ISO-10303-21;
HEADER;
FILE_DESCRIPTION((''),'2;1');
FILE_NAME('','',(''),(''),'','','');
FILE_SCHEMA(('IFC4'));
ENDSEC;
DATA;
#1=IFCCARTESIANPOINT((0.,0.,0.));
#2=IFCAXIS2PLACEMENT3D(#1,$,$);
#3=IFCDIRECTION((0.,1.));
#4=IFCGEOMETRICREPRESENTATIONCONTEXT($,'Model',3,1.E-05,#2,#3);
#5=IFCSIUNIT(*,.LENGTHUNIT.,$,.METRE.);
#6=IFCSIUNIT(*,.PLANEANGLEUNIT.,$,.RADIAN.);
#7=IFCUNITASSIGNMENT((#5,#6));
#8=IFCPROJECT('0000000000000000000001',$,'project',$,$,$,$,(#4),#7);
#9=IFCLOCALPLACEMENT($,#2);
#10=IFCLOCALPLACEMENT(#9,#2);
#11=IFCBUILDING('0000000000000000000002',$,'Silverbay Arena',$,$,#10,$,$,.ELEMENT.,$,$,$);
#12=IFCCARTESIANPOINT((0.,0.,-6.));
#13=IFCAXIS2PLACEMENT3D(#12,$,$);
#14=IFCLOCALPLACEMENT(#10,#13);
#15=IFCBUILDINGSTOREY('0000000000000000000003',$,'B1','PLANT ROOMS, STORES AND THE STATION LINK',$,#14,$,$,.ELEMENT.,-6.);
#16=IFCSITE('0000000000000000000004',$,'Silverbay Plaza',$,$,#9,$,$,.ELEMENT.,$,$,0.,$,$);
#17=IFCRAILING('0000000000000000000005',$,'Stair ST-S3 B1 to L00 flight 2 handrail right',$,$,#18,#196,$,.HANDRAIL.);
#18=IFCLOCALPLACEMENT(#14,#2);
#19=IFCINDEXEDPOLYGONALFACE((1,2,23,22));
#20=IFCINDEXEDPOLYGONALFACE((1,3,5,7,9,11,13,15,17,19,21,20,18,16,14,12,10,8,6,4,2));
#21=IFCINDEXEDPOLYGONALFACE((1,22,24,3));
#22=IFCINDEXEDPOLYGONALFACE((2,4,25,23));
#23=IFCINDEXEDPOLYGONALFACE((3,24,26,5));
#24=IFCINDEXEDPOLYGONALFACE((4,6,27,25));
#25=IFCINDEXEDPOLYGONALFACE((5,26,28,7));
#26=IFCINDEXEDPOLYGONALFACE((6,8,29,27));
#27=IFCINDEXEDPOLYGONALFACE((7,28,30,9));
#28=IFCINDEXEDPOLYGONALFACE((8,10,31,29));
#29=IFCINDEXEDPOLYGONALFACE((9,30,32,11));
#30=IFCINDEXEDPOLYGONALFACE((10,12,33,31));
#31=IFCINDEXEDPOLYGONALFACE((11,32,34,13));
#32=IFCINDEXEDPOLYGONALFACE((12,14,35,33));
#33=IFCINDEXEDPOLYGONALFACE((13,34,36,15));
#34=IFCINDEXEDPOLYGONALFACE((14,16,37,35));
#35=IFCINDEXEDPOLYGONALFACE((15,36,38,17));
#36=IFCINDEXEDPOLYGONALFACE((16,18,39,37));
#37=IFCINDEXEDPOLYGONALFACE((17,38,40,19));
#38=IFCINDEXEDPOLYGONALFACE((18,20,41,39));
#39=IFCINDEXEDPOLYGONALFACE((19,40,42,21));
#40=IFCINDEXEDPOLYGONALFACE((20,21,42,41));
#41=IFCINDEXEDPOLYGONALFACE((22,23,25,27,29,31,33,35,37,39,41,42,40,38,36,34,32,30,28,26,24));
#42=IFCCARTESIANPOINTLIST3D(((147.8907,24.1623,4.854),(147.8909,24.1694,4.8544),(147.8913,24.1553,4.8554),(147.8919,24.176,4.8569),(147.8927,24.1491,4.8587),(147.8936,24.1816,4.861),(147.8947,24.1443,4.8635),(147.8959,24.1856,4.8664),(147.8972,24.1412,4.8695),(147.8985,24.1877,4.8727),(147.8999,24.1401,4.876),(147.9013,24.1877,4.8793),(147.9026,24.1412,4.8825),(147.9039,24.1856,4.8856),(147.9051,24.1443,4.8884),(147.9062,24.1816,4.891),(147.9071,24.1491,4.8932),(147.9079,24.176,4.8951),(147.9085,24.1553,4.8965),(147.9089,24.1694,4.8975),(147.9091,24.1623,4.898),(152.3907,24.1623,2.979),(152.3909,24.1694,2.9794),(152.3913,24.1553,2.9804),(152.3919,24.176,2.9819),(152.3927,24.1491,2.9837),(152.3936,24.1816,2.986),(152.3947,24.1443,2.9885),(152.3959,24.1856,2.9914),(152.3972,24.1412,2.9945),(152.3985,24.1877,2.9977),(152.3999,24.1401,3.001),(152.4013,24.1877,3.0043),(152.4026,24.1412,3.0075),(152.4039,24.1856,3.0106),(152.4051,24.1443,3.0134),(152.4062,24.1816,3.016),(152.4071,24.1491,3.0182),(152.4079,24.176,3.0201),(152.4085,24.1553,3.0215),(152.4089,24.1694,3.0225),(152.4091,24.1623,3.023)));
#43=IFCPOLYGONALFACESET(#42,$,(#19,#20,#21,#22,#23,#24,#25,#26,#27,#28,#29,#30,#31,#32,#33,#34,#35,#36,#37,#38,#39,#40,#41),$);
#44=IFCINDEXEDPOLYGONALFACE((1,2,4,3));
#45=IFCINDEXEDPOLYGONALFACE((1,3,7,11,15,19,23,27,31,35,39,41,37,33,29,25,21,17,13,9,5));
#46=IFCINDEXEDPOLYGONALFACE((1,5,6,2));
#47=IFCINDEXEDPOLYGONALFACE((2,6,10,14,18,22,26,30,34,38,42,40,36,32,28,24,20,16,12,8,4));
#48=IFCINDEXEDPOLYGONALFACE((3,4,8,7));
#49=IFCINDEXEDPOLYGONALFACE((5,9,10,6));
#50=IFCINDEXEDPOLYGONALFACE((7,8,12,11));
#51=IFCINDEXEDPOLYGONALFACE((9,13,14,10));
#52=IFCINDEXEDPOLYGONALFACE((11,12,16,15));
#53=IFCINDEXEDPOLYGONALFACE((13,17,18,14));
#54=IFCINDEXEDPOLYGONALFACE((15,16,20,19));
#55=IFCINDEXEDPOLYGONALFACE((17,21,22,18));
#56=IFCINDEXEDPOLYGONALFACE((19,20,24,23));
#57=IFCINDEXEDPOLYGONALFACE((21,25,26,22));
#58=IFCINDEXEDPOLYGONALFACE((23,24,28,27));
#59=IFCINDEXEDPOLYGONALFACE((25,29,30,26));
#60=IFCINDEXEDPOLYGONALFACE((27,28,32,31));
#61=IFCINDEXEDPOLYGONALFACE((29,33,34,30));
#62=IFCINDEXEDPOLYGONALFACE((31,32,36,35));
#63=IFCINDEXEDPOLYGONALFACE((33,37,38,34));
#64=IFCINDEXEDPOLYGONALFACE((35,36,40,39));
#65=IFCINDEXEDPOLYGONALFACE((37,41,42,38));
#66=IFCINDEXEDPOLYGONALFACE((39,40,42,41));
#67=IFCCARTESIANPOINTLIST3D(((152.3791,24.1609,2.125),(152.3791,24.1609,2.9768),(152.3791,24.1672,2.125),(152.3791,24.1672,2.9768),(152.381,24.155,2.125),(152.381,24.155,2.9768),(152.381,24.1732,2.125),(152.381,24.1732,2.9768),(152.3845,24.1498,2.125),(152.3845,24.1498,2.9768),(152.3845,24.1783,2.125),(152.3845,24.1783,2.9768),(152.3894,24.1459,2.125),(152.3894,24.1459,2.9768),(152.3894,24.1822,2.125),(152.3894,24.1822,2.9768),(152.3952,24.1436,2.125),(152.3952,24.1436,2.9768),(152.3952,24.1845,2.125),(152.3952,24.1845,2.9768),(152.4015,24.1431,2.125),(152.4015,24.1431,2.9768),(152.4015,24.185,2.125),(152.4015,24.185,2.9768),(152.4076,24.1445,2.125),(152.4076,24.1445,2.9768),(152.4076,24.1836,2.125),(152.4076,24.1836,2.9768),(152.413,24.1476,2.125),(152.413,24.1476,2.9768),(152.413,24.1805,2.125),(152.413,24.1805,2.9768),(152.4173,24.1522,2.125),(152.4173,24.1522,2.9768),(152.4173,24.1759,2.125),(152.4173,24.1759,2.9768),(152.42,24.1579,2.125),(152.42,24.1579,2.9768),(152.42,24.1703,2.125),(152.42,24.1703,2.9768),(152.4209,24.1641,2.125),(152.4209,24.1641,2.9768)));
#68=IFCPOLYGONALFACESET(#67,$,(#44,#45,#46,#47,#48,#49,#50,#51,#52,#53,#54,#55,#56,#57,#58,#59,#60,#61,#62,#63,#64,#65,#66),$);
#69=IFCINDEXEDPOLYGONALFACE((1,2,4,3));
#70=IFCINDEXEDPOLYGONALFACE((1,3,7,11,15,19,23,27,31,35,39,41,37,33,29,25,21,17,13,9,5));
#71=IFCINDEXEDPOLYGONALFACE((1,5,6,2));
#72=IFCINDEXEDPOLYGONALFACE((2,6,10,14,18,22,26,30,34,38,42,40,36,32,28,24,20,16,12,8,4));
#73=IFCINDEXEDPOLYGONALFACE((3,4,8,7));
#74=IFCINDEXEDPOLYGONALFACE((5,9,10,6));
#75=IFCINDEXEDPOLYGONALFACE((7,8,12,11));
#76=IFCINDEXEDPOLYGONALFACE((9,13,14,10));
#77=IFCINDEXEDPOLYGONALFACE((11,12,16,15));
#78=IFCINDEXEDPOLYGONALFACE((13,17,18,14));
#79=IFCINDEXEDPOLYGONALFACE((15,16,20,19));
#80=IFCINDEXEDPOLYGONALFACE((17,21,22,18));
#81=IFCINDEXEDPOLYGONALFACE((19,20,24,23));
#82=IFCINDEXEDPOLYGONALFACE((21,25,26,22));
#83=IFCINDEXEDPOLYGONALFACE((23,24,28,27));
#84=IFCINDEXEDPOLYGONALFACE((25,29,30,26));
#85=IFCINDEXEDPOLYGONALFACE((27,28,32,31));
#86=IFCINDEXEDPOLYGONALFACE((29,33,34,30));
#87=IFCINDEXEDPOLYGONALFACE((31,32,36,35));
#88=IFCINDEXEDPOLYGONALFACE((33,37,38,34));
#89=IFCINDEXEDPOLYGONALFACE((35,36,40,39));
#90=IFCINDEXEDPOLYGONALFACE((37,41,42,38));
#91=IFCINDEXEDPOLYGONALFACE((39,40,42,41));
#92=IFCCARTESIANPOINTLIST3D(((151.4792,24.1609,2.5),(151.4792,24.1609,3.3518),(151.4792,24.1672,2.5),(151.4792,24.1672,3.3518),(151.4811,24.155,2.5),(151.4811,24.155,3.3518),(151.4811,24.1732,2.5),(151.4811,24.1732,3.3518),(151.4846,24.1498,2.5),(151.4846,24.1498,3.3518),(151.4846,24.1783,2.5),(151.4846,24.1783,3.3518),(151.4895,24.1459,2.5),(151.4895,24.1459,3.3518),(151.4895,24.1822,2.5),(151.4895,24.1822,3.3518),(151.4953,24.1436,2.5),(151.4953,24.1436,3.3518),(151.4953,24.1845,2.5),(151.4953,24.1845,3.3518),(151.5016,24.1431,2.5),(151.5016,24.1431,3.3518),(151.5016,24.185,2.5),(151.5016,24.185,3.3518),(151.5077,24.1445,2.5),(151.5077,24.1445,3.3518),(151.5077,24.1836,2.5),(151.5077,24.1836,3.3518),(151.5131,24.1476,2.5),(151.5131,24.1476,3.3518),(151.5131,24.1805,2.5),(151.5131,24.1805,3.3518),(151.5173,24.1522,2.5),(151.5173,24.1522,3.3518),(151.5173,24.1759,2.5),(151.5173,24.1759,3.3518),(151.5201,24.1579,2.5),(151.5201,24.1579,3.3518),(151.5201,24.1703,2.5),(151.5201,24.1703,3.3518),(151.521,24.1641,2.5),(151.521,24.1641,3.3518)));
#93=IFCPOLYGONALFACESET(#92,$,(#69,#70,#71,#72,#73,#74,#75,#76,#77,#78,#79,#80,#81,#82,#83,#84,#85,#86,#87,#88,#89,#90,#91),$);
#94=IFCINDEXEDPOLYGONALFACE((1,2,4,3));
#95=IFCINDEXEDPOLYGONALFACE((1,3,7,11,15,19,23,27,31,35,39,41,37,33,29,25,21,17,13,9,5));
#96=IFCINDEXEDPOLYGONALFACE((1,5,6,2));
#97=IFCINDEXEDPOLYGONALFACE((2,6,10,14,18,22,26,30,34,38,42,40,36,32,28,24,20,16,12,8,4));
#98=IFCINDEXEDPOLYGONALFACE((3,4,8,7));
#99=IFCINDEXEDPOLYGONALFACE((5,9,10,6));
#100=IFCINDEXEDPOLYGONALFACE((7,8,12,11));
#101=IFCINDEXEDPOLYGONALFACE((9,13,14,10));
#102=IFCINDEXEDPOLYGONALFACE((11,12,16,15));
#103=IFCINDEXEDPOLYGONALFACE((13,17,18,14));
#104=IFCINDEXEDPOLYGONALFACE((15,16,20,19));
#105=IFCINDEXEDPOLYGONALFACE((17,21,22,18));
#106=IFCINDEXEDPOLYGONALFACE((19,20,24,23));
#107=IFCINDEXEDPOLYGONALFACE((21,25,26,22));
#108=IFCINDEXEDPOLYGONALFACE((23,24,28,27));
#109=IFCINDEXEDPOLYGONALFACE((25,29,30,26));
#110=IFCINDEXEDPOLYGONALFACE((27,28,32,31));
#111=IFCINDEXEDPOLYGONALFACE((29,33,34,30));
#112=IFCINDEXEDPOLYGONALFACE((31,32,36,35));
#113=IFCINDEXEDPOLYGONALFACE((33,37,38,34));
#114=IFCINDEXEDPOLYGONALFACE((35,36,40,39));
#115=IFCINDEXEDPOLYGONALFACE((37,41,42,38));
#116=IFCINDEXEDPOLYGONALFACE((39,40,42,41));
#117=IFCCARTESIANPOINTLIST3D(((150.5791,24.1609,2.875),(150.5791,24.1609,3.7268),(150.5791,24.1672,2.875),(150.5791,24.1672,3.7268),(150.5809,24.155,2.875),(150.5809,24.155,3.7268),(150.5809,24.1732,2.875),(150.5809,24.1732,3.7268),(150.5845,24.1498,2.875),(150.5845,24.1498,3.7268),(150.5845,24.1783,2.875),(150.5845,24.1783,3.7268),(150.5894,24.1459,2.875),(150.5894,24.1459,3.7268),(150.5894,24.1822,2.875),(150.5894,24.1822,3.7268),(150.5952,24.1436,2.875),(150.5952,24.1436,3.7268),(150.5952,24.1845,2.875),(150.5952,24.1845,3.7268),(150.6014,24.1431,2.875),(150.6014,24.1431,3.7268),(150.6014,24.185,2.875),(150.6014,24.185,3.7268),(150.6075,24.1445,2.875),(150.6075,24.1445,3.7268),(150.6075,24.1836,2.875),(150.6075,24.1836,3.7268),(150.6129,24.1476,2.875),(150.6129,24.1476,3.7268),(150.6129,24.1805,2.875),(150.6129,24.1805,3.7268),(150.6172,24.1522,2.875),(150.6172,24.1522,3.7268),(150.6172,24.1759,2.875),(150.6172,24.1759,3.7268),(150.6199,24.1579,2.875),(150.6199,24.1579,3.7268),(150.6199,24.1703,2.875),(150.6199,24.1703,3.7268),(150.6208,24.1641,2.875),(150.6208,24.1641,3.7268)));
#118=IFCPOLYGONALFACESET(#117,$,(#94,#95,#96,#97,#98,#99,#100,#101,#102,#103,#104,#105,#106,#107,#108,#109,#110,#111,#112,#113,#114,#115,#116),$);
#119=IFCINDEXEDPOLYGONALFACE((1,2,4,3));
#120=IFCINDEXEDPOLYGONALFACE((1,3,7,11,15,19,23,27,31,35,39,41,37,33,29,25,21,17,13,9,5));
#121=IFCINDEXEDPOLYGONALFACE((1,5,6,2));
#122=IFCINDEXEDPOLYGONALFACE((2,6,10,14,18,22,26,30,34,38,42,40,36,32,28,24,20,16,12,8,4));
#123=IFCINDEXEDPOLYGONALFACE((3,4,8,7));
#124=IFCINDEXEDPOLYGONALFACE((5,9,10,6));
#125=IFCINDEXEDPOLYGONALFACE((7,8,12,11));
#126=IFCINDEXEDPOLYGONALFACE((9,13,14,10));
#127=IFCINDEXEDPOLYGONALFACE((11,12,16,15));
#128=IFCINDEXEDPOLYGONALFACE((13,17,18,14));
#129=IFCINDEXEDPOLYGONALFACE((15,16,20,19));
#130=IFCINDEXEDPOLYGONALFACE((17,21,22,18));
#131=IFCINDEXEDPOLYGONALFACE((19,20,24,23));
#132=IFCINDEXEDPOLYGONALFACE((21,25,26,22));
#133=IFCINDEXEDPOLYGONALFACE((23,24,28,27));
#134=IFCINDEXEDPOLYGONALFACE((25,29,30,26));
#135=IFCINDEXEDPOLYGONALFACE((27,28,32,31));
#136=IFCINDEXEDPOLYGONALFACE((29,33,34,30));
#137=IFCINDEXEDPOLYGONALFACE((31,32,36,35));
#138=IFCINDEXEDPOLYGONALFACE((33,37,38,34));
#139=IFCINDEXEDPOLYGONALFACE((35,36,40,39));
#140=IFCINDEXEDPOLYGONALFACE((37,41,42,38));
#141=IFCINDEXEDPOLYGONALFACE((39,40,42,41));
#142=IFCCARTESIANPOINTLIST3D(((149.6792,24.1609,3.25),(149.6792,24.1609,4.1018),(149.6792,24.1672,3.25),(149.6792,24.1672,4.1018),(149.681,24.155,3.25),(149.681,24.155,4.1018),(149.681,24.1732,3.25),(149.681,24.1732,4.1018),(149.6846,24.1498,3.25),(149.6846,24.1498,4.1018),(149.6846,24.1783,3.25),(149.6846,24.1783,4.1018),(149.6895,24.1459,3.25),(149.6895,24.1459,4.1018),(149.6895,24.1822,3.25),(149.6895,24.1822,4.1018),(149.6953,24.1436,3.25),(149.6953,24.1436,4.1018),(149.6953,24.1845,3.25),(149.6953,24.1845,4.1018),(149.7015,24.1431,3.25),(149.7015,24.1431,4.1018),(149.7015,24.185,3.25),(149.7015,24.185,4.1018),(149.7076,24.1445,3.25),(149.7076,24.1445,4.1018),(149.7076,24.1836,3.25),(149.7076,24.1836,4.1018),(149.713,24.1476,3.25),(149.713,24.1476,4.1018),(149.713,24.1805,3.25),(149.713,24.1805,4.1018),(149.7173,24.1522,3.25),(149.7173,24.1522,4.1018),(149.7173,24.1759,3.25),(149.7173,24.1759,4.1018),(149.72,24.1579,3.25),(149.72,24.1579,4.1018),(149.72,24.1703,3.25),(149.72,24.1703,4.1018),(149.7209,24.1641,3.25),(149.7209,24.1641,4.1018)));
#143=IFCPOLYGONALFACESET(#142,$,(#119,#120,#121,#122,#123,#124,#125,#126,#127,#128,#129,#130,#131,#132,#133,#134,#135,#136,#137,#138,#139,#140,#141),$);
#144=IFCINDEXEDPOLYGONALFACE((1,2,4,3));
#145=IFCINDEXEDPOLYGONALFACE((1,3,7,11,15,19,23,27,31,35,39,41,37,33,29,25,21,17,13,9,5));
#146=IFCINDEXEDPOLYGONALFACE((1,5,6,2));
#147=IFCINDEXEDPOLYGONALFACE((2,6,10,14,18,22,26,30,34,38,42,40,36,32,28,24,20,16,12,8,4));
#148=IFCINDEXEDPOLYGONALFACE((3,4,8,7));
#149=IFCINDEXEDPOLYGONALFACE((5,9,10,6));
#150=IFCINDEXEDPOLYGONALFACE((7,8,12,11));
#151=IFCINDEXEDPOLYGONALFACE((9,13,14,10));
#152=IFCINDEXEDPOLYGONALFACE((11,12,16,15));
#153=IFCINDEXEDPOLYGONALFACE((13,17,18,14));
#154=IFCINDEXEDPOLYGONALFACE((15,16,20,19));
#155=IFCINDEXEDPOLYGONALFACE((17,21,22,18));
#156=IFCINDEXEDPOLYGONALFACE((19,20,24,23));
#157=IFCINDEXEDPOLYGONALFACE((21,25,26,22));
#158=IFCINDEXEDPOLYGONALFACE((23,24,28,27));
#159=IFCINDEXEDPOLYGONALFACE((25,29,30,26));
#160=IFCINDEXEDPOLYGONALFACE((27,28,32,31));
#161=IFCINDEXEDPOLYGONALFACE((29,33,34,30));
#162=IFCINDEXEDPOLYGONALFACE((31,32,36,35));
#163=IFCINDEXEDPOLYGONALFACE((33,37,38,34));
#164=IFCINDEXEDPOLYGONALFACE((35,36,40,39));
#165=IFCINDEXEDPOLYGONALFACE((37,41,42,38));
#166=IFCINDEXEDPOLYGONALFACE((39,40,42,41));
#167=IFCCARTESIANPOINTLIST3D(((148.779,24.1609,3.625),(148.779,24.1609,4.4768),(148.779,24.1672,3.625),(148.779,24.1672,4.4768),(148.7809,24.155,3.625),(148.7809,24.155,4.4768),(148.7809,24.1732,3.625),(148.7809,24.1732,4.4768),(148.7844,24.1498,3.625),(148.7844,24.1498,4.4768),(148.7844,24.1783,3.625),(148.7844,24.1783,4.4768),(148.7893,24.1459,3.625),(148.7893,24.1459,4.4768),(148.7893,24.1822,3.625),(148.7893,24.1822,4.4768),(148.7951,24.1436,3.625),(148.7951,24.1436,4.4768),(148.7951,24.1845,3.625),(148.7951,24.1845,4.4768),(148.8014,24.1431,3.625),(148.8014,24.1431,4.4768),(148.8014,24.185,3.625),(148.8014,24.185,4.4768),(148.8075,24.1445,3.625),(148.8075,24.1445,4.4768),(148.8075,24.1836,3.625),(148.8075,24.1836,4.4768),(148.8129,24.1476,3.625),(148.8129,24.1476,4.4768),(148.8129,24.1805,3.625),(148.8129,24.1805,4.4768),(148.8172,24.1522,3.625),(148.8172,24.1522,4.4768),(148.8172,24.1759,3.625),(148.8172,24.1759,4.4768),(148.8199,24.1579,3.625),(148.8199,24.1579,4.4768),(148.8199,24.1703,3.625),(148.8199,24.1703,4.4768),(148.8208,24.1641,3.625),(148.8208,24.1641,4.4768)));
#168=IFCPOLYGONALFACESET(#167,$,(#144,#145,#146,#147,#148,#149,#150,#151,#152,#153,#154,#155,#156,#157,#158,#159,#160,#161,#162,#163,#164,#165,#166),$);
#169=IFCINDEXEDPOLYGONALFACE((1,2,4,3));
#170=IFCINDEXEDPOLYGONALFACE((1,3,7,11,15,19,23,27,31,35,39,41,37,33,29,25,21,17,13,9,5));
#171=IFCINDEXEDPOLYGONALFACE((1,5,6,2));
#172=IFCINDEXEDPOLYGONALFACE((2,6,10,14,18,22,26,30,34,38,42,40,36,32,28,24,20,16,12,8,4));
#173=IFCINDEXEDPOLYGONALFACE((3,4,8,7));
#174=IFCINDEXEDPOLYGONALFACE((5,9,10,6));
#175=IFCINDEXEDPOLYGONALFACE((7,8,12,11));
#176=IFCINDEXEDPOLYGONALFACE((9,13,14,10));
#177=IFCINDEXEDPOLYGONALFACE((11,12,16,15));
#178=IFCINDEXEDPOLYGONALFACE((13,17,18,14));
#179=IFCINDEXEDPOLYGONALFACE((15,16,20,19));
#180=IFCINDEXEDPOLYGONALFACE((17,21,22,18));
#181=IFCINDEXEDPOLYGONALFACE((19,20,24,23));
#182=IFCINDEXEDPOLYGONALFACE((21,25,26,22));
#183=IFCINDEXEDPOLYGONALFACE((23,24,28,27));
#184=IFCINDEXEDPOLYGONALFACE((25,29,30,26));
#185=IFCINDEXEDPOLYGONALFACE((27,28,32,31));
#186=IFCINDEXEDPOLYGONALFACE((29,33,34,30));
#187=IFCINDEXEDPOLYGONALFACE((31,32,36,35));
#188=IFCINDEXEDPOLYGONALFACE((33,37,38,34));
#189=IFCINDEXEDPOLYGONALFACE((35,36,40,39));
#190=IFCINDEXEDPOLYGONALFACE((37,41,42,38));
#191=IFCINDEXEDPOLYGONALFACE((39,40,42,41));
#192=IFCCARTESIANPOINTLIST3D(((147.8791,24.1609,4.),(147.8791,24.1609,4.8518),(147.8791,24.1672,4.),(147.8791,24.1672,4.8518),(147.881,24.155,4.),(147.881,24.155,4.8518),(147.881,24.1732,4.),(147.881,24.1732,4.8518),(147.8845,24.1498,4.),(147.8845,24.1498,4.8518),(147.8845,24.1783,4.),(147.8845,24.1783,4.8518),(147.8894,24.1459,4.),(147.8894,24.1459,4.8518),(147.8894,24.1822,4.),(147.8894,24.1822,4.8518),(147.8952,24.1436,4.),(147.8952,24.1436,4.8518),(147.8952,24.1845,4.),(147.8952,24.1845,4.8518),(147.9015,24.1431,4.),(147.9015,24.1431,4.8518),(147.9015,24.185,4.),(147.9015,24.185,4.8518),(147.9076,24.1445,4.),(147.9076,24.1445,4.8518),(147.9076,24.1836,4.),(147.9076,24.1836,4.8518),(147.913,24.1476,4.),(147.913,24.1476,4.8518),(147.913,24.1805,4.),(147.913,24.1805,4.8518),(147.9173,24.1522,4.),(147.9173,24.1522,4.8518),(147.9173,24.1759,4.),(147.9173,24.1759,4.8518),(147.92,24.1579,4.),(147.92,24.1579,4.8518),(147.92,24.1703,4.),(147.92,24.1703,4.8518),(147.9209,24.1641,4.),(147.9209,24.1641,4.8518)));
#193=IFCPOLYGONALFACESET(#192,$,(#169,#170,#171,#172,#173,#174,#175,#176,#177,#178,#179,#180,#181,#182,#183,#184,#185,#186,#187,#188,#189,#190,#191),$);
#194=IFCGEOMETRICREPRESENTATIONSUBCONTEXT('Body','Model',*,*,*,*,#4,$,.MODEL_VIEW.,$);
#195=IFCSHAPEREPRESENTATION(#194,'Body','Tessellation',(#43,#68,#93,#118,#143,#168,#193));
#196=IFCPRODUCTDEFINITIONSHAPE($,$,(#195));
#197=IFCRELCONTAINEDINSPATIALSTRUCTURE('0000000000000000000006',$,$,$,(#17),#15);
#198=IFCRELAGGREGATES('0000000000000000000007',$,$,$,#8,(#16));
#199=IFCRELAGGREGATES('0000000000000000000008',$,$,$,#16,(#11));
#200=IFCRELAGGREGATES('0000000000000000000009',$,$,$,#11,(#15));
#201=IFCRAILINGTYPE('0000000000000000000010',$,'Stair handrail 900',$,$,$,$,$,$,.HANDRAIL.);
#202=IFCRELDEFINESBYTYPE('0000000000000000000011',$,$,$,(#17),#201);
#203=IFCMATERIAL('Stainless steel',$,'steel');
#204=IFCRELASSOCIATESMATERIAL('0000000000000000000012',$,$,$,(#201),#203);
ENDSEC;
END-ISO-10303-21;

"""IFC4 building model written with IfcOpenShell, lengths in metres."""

from ifc_helpers import new_model, si_unit, direction, frame, origin, origin_2d, place, context, subcontext, project, spatial, circle, extrude, material, type_object, element, save


model = new_model("IFC4")

# Units and contexts
model_context = context("Model", 3, precision=1e-05, world=origin(), true_north=direction((0.0, 1.0)))
body_context = subcontext(model_context, "Body", "Model", "MODEL_VIEW")
ifc_project = project(units=[si_unit("LENGTHUNIT", "METRE"), si_unit("PLANEANGLEUNIT", "RADIAN")], contexts=[model_context])

# Site, building, storey
site_placement = place(None, origin())
site = spatial("IfcSite", under=ifc_project, at=site_placement, Name="Silverbay Plaza", CompositionType="ELEMENT", RefElevation=0.0)
building_placement = place(site_placement, origin())
building = spatial("IfcBuilding", under=site, at=building_placement, Name="Silverbay Arena", CompositionType="ELEMENT")
storey_placement = place(building_placement, frame((0.0, 0.0, -6.0)))
storey = spatial("IfcBuildingStorey", under=building, at=storey_placement, Name="B1", Description="PLANT ROOMS, STORES AND THE STATION LINK", CompositionType="ELEMENT", Elevation=-6.0)

# Railing
ifc_material_1 = material(Name="Stainless steel", Category="steel")
railing_type_1 = type_object("IfcRailingType", Name="Stair handrail 900", PredefinedType="HANDRAIL", material=ifc_material_1)
for number, where, name in (
    (1, (152.3999, 24.1641, 2.125), "Stair ST-S3 B1 to L00 flight 2 handrail right"),
):
    element("IfcRailing", number, at=place(storey_placement, frame(where)), inside=storey, type_object=railing_type_1, Name=name, PredefinedType="HANDRAIL", context=body_context, shape_type="SweptSolid", body=[
        extrude(circle(Radius=0.0239, at=origin_2d()), frame((0.0, 0.0, 0.876), z_axis=(-0.923077, 0.0, 0.384615), x_axis=(0.0, -1.0, 0.0)), (0.0, 0.0, 1.0), 4.875),
        extrude(circle(Radius=0.021, at=origin_2d()), origin(), (0.0, 0.0, 1.0), 0.8518),
        extrude(circle(Radius=0.021, at=origin_2d()), frame((-0.8999, 0.0, 0.375)), (0.0, 0.0, 1.0), 0.8518),
        extrude(circle(Radius=0.021, at=origin_2d()), frame((-1.8, 0.0, 0.75)), (0.0, 0.0, 1.0), 0.8518),
        extrude(circle(Radius=0.021, at=origin_2d()), frame((-2.7, 0.0, 1.125)), (0.0, 0.0, 1.0), 0.8518),
        extrude(circle(Radius=0.021, at=origin_2d()), frame((-3.6001, 0.0, 1.5)), (0.0, 0.0, 1.0), 0.8518),
        extrude(circle(Radius=0.021, at=origin_2d()), frame((-4.5, 0.0, 1.875)), (0.0, 0.0, 1.0), 0.8518),
    ])

save(model, "model.ifc")
